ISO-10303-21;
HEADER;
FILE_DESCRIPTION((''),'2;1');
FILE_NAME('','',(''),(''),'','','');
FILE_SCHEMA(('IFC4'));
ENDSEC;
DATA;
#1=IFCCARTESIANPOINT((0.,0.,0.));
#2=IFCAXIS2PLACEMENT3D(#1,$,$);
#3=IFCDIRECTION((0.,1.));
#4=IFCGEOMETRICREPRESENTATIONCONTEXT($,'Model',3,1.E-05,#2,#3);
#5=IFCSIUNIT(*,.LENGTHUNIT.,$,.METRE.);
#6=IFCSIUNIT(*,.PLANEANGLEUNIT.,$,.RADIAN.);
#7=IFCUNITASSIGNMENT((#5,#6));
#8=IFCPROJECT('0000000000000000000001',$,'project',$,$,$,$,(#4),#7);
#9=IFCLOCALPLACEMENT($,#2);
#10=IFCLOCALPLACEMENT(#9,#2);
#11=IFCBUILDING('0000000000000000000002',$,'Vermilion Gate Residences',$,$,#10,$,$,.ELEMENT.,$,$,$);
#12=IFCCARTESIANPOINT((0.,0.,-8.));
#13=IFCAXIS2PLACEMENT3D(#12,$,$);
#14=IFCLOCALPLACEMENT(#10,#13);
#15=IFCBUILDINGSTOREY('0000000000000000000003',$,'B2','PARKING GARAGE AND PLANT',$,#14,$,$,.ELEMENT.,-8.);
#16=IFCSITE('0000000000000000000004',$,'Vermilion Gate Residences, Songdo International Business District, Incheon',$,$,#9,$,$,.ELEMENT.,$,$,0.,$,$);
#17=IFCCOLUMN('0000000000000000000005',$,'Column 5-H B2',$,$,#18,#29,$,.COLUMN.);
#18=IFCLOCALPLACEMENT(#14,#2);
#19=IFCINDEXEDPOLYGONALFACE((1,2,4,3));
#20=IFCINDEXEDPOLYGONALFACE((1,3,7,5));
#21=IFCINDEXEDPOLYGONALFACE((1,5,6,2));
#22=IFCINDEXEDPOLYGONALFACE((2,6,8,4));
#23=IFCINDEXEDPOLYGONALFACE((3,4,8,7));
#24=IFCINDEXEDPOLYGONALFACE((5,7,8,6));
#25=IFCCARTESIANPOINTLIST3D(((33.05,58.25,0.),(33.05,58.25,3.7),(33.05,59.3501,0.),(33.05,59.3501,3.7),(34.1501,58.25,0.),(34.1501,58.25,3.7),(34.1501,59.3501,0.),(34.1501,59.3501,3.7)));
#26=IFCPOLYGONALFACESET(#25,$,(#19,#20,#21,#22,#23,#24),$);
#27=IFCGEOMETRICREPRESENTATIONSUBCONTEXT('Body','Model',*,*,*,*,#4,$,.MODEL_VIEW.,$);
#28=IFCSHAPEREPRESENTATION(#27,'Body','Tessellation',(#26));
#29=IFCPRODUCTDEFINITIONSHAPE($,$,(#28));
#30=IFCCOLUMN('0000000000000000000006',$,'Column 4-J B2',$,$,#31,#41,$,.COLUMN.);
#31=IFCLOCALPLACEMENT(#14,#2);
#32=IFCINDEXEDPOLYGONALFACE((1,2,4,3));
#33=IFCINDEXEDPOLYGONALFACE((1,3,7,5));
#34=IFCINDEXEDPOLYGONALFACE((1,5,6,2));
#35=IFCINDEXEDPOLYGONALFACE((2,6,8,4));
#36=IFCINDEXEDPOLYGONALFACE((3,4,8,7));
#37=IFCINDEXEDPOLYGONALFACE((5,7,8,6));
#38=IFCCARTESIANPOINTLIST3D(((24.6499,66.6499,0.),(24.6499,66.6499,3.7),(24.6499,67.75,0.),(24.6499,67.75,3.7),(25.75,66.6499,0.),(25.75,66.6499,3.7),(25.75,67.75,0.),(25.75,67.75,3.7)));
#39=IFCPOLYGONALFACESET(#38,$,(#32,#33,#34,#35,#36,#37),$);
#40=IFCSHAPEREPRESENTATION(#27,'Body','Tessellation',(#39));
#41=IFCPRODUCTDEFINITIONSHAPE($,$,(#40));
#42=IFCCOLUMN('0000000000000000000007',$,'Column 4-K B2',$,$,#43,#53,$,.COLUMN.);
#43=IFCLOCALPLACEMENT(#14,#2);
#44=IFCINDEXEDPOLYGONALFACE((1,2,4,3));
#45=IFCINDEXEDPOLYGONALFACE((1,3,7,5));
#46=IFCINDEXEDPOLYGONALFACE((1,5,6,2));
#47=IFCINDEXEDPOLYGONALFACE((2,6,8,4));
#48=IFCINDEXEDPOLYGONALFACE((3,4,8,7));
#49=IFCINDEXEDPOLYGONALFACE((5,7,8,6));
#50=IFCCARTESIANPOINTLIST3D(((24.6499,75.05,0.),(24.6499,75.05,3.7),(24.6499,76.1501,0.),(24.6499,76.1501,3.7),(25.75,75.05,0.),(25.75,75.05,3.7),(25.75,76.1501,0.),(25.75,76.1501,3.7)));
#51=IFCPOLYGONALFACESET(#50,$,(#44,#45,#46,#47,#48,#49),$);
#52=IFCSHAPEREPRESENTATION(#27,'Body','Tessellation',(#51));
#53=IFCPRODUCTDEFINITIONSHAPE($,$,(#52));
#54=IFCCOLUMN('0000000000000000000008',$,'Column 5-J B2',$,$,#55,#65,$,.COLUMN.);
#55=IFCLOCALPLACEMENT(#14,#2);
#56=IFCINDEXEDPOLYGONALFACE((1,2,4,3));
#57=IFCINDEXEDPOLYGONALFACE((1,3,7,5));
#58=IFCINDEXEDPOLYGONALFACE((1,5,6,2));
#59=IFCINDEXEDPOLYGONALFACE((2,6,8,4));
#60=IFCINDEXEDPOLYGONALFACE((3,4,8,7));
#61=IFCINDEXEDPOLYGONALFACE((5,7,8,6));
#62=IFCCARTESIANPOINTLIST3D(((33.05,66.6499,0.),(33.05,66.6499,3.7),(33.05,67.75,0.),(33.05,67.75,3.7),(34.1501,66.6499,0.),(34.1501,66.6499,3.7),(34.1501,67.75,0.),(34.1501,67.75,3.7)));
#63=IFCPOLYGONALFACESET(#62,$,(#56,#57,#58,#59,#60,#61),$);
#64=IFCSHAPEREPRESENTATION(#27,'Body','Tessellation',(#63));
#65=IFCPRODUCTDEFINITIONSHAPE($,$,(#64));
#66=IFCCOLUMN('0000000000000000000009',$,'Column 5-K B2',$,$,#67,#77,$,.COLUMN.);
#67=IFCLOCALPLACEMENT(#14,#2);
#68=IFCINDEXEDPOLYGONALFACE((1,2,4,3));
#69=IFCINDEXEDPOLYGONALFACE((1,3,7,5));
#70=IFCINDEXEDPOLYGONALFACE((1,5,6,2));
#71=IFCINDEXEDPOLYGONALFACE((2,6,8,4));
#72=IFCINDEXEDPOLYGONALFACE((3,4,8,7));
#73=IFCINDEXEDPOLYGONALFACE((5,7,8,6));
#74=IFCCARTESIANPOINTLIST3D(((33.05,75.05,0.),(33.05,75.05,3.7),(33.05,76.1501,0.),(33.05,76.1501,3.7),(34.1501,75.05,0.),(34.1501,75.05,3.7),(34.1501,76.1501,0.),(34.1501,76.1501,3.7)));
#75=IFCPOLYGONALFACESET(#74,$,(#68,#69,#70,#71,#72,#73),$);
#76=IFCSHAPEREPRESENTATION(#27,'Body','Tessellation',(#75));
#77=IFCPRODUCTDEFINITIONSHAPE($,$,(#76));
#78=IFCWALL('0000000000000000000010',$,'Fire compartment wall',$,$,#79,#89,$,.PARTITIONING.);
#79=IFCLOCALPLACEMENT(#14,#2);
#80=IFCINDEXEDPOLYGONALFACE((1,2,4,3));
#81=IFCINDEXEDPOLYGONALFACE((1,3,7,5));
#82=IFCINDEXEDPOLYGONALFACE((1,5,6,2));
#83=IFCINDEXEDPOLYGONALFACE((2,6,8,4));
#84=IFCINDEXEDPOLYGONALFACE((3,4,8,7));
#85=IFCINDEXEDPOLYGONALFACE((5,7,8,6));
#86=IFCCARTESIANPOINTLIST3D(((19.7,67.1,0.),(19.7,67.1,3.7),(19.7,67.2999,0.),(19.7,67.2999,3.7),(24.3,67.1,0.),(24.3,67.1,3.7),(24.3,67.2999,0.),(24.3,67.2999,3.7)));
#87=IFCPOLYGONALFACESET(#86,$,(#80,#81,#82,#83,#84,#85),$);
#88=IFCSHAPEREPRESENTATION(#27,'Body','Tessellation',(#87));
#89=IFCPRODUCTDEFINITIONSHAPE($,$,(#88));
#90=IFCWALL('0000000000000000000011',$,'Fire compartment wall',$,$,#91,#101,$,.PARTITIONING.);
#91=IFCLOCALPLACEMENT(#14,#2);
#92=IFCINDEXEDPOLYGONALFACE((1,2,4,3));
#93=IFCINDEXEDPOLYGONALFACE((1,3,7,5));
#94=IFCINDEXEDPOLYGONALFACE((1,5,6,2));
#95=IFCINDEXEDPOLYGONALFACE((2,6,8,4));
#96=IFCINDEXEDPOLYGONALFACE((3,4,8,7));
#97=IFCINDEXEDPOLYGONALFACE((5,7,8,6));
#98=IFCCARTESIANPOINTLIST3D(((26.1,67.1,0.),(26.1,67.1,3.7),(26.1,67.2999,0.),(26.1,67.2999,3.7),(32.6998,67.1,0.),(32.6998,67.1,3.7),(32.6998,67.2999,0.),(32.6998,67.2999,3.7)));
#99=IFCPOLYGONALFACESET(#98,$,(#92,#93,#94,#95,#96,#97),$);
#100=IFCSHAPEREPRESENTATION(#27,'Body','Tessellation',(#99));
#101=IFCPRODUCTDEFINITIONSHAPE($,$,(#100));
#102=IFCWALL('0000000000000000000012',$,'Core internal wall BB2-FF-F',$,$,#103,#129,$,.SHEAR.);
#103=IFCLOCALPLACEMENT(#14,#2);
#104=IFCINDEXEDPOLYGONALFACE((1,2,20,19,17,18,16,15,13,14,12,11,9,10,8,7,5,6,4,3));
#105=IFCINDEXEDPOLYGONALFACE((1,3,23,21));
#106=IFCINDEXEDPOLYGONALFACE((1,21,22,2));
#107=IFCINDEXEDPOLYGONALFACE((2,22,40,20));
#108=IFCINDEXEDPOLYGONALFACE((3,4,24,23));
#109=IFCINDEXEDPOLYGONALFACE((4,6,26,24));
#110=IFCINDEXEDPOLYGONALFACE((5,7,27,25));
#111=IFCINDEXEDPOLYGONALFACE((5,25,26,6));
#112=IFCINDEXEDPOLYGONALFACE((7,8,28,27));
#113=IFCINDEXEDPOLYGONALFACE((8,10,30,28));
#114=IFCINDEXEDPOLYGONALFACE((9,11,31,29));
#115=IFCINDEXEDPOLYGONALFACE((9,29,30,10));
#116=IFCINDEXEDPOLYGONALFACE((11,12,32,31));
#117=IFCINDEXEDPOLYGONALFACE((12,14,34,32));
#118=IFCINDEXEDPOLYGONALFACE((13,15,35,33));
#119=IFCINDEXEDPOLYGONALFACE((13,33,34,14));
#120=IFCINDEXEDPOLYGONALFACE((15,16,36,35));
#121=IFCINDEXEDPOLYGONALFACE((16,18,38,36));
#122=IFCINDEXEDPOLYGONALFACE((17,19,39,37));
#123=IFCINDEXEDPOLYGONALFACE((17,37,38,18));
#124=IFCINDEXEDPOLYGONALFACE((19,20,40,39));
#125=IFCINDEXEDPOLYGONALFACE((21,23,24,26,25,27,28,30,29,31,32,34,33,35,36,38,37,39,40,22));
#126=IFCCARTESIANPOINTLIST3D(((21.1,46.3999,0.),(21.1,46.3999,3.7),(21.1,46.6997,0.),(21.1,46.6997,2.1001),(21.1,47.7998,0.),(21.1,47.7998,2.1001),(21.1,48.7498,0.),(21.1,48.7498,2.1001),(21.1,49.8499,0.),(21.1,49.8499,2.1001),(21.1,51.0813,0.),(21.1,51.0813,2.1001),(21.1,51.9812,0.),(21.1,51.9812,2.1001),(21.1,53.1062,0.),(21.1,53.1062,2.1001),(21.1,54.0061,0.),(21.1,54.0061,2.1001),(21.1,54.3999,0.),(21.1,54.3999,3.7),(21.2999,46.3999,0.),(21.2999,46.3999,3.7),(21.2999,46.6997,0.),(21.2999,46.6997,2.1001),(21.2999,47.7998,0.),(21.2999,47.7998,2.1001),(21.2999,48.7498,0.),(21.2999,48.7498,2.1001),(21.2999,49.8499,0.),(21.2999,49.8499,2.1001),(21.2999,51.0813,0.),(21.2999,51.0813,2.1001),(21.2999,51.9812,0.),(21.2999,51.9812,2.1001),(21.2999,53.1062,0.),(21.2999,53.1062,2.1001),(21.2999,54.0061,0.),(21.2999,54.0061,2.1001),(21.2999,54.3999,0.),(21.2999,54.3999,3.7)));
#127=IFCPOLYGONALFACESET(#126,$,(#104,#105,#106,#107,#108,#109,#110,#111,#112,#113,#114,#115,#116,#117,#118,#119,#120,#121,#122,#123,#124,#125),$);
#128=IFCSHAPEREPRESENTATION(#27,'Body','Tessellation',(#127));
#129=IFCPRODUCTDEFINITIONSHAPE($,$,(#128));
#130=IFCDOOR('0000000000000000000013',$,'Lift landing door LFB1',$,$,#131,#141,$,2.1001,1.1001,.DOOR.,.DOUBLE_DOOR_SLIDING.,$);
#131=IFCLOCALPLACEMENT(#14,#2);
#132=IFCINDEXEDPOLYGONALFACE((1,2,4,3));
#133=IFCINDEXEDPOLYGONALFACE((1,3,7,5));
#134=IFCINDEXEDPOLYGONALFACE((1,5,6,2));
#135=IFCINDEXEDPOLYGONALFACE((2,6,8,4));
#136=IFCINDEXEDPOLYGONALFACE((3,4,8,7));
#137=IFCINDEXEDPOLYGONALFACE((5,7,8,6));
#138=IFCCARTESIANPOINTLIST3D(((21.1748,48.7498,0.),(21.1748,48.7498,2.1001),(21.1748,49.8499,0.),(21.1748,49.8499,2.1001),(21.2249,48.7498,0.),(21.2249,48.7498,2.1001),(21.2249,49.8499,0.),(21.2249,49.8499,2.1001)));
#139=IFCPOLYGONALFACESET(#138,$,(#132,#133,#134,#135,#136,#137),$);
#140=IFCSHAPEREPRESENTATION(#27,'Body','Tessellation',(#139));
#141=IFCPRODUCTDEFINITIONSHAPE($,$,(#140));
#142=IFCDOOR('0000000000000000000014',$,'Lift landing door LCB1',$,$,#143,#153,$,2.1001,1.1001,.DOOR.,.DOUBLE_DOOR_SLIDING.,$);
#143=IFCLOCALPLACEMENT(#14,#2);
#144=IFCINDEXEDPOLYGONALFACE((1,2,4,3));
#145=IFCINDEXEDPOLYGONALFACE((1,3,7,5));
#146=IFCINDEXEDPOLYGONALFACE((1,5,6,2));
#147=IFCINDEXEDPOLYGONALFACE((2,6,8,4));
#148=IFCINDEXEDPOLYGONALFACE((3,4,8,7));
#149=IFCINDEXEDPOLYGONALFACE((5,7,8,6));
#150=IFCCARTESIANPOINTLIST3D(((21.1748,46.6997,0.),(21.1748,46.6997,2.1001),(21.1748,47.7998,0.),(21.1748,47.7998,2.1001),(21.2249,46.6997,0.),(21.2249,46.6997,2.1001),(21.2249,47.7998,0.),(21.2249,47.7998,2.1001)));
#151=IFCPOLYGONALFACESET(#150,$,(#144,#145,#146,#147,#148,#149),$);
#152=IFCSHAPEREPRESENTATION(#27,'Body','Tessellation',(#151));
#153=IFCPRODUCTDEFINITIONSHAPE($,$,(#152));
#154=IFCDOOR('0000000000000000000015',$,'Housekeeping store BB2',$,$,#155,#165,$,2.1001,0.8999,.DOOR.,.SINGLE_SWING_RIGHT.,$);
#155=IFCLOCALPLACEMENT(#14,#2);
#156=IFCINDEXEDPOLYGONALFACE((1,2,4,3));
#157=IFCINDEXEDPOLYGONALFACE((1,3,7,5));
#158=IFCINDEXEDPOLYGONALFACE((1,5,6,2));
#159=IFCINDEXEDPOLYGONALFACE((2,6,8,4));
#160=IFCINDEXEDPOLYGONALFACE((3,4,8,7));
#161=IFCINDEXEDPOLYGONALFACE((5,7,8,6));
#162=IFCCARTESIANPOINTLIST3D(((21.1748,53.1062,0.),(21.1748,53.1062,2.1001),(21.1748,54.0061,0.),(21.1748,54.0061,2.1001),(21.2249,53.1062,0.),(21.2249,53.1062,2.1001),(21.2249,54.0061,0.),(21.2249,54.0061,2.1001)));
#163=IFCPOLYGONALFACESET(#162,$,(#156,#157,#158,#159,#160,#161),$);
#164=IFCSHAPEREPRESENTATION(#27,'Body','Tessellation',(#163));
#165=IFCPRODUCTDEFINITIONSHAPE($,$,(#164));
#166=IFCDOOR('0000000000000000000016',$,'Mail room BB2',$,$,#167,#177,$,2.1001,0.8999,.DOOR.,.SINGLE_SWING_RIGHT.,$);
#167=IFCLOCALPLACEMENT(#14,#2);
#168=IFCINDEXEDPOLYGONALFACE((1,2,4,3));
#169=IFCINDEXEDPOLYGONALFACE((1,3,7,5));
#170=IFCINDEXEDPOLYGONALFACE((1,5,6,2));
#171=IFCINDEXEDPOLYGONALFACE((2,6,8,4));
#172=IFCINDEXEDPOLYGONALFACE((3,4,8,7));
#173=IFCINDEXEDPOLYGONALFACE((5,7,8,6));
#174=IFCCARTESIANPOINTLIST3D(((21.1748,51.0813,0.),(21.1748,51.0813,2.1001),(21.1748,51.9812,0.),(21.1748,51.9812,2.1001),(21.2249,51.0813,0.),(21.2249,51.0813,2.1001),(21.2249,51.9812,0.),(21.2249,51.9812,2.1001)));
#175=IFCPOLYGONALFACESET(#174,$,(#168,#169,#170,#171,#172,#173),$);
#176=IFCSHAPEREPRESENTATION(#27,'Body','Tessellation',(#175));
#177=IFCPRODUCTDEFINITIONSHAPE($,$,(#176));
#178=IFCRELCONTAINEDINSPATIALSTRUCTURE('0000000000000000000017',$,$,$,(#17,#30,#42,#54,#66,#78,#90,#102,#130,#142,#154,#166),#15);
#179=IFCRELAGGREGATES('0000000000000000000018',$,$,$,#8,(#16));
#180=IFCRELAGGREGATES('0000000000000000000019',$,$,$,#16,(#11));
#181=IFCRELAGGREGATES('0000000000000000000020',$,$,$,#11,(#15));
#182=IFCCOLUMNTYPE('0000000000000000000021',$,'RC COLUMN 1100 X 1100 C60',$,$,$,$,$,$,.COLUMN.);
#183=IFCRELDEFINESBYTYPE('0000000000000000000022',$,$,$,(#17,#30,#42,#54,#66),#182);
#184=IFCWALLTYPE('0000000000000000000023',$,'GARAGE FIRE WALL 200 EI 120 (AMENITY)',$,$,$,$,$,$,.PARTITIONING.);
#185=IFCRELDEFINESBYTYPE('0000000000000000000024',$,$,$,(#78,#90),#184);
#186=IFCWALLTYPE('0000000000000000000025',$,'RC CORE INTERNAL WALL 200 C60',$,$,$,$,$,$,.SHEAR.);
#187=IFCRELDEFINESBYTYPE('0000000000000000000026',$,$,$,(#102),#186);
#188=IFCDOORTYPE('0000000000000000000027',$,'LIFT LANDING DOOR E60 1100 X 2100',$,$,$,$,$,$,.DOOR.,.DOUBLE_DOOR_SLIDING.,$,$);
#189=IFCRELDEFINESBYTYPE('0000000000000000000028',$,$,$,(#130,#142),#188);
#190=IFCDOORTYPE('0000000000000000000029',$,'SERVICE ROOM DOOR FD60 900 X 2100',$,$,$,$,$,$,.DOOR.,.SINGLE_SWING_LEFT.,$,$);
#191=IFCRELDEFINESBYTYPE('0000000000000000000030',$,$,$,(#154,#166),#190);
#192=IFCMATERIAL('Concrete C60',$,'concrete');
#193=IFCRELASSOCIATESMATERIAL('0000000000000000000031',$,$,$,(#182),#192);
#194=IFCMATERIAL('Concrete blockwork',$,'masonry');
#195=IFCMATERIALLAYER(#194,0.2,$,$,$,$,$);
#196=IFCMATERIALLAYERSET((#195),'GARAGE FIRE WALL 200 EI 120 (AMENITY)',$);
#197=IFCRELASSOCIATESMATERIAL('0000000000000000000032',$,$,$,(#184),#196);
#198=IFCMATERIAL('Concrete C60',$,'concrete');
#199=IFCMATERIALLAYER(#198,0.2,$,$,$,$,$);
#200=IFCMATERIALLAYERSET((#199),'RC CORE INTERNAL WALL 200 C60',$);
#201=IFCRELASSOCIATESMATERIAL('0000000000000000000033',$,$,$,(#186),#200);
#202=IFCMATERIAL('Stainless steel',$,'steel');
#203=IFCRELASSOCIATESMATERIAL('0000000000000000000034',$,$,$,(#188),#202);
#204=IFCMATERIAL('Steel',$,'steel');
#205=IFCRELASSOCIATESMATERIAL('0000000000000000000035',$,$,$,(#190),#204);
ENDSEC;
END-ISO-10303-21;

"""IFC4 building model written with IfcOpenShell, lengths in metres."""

from ifc_helpers import new_model, si_unit, direction, frame, frame_2d, origin, origin_2d, place, context, subcontext, project, spatial, rectangle, extrude, material, layer, layer_set, material_profile, profile_set, type_object, element, fill, save


model = new_model("IFC4")

# Units and contexts
model_context = context("Model", 3, precision=1e-05, world=origin(), true_north=direction((0.0, 1.0)))
body_context = subcontext(model_context, "Body", "Model", "MODEL_VIEW")
ifc_project = project(units=[si_unit("LENGTHUNIT", "METRE"), si_unit("PLANEANGLEUNIT", "RADIAN")], contexts=[model_context])

# Site, building, storey
site_placement = place(None, origin())
site = spatial("IfcSite", under=ifc_project, at=site_placement, Name="Vermilion Gate Residences, Songdo International Business District, Incheon", CompositionType="ELEMENT", RefElevation=0.0)
building_placement = place(site_placement, origin())
building = spatial("IfcBuilding", under=site, at=building_placement, Name="Vermilion Gate Residences", CompositionType="ELEMENT")
storey_placement = place(building_placement, frame((0.0, 0.0, -8.0)))
storey = spatial("IfcBuildingStorey", under=building, at=storey_placement, Name="B2", Description="PARKING GARAGE AND PLANT", CompositionType="ELEMENT", Elevation=-8.0)

# Columns
ifc_material_1 = material(Name="Concrete C60", Category="concrete")
ifc_material_profile_1 = material_profile(ifc_material_1, rectangle(XDim=1.1001, YDim=1.1001, at=origin_2d()), Name="RC-1100x1100")
ifc_profile_set_1 = profile_set([ifc_material_profile_1], Name="Concrete C60")
column_type = type_object("IfcColumnType", Name="RC COLUMN 1100 X 1100 C60", PredefinedType="COLUMN", material=ifc_profile_set_1)
for number, where, z_axis, x_axis, name in (
    (1, (33.6001, 58.8, 0.0), (0.0, 0.0, 1.0), (1.0, 0.0, 0.0), "Column 5-H B2"),
    (2, (25.2, 67.2, 0.0), (0.0, 0.0, 1.0), (1.0, 0.0, 0.0), "Column 4-J B2"),
    (3, (25.2, 75.6001, 0.0), (0.0, 0.0, 1.0), (1.0, 0.0, 0.0), "Column 4-K B2"),
    (4, (33.6001, 67.2, 0.0), (0.0, 0.0, 1.0), (1.0, 0.0, 0.0), "Column 5-J B2"),
    (5, (33.6001, 75.6001, 0.0), (0.0, 0.0, 1.0), (1.0, 0.0, 0.0), "Column 5-K B2"),
):
    element("IfcColumn", number, at=place(storey_placement, frame(where, z_axis=z_axis, x_axis=x_axis)), inside=storey, type_object=column_type, Name=name, PredefinedType="COLUMN", context=body_context, shape_type="SweptSolid", body=[
        extrude(rectangle(XDim=1.1001, YDim=1.1001, at=origin_2d()), origin(), (0.0, 0.0, 1.0), 3.7),
    ])

# Walls
ifc_material_2 = material(Name="Concrete blockwork", Category="masonry")
ifc_layer_1 = layer(ifc_material_2, 0.2)
ifc_layer_set_1 = layer_set([ifc_layer_1], Name="GARAGE FIRE WALL 200 EI 120 (AMENITY)")
wall_type_1 = type_object("IfcWallType", Name="GARAGE FIRE WALL 200 EI 120 (AMENITY)", PredefinedType="PARTITIONING", material=ifc_layer_set_1)
wall_1_placement = place(storey_placement, frame((19.7, 67.2, 0.0), z_axis=(0.0, 0.0, 1.0), x_axis=(1.0, 0.0, 0.0)))
element("IfcWall", 6, at=wall_1_placement, inside=storey, type_object=wall_type_1, Name="Fire compartment wall", PredefinedType="PARTITIONING", context=body_context, shape_type="SweptSolid", body=[
    extrude(rectangle(XDim=4.6001, YDim=0.2, at=frame_2d((2.3, 0.0))), origin(), (0.0, 0.0, 1.0), 3.7),
])
wall_2_placement = place(storey_placement, frame((26.1001, 67.2, 0.0), z_axis=(0.0, 0.0, 1.0), x_axis=(1.0, 0.0, 0.0)))
element("IfcWall", 7, at=wall_2_placement, inside=storey, type_object=wall_type_1, Name="Fire compartment wall", PredefinedType="PARTITIONING", context=body_context, shape_type="SweptSolid", body=[
    extrude(rectangle(XDim=6.5999, YDim=0.2, at=frame_2d((3.2998, 0.0))), origin(), (0.0, 0.0, 1.0), 3.7),
])

# Wall, openings, doors
ifc_material_3 = material(Name="Concrete C60", Category="concrete")
ifc_layer_2 = layer(ifc_material_3, 0.2)
ifc_layer_set_2 = layer_set([ifc_layer_2], Name="RC CORE INTERNAL WALL 200 C60")
wall_type_2 = type_object("IfcWallType", Name="RC CORE INTERNAL WALL 200 C60", PredefinedType="SHEAR", material=ifc_layer_set_2)
wall_3_placement = place(storey_placement, frame((21.2, 54.3999, 0.0), z_axis=(0.0, 0.0, 1.0), x_axis=(0.0, -1.0, 0.0)))
wall_3 = element("IfcWall", 8, at=wall_3_placement, inside=storey, type_object=wall_type_2, Name="Core internal wall BB2-FF-F", PredefinedType="SHEAR", context=body_context, shape_type="SweptSolid", body=[
    extrude(rectangle(XDim=8.0, YDim=0.2, at=frame_2d((4.0, 0.0))), origin(), (0.0, 0.0, 1.0), 3.7),
])
opening_1_placement = place(wall_3_placement, frame((0.3938, 0.0, 0.0)))
opening_1 = element("IfcOpeningElement", 9, at=opening_1_placement, cuts=wall_3, PredefinedType="OPENING", context=body_context, shape_type="SweptSolid", body=[
    extrude(rectangle(XDim=0.8999, YDim=2.1001, at=frame_2d((0.45, 1.05))), frame((0.0, 0.1099, 0.0), z_axis=(0.0, -1.0, 0.0), x_axis=(1.0, 0.0, 0.0)), (0.0, 0.0, 1.0), 0.22),
])
opening_2_placement = place(wall_3_placement, frame((2.4187, 0.0, 0.0)))
opening_2 = element("IfcOpeningElement", 10, at=opening_2_placement, cuts=wall_3, PredefinedType="OPENING", context=body_context, shape_type="SweptSolid", body=[
    extrude(rectangle(XDim=0.8999, YDim=2.1001, at=frame_2d((0.45, 1.05))), frame((0.0, 0.1099, 0.0), z_axis=(0.0, -1.0, 0.0), x_axis=(1.0, 0.0, 0.0)), (0.0, 0.0, 1.0), 0.22),
])
opening_3_placement = place(wall_3_placement, frame((4.55, 0.0, 0.0)))
opening_3 = element("IfcOpeningElement", 11, at=opening_3_placement, cuts=wall_3, PredefinedType="OPENING", context=body_context, shape_type="SweptSolid", body=[
    extrude(rectangle(XDim=1.1001, YDim=2.1001, at=frame_2d((0.55, 1.05))), frame((0.0, 0.1099, 0.0), z_axis=(0.0, -1.0, 0.0), x_axis=(1.0, 0.0, 0.0)), (0.0, 0.0, 1.0), 0.22),
])
opening_4_placement = place(wall_3_placement, frame((6.6001, 0.0, 0.0)))
opening_4 = element("IfcOpeningElement", 12, at=opening_4_placement, cuts=wall_3, PredefinedType="OPENING", context=body_context, shape_type="SweptSolid", body=[
    extrude(rectangle(XDim=1.1001, YDim=2.1001, at=frame_2d((0.55, 1.05))), frame((0.0, 0.1099, 0.0), z_axis=(0.0, -1.0, 0.0), x_axis=(1.0, 0.0, 0.0)), (0.0, 0.0, 1.0), 0.22),
])
ifc_material_4 = material(Name="Stainless steel", Category="steel")
door_type_1 = type_object("IfcDoorType", Name="LIFT LANDING DOOR E60 1100 X 2100", OperationType="DOUBLE_DOOR_SLIDING", PredefinedType="DOOR", material=ifc_material_4)
door_1_placement = place(opening_3_placement, origin())
door_1 = element("IfcDoor", 13, at=door_1_placement, inside=storey, type_object=door_type_1, Name="Lift landing door LFB1", OperationType="DOUBLE_DOOR_SLIDING", OverallHeight=2.1001, OverallWidth=1.1001, PredefinedType="DOOR", context=body_context, shape_type="SweptSolid", body=[
    extrude(rectangle(XDim=1.1001, YDim=2.1001, at=frame_2d((0.55, 1.05))), frame((0.0, 0.0249, 0.0), z_axis=(0.0, -1.0, 0.0), x_axis=(1.0, 0.0, 0.0)), (0.0, 0.0, 1.0), 0.05),
])
fill(opening_3, door_1)
door_2_placement = place(opening_4_placement, origin())
door_2 = element("IfcDoor", 14, at=door_2_placement, inside=storey, type_object=door_type_1, Name="Lift landing door LCB1", OperationType="DOUBLE_DOOR_SLIDING", OverallHeight=2.1001, OverallWidth=1.1001, PredefinedType="DOOR", context=body_context, shape_type="SweptSolid", body=[
    extrude(rectangle(XDim=1.1001, YDim=2.1001, at=frame_2d((0.55, 1.05))), frame((0.0, 0.0249, 0.0), z_axis=(0.0, -1.0, 0.0), x_axis=(1.0, 0.0, 0.0)), (0.0, 0.0, 1.0), 0.05),
])
fill(opening_4, door_2)
ifc_material_5 = material(Name="Steel", Category="steel")
door_type_2 = type_object("IfcDoorType", Name="SERVICE ROOM DOOR FD60 900 X 2100", OperationType="SINGLE_SWING_LEFT", PredefinedType="DOOR", material=ifc_material_5)
door_3_placement = place(opening_1_placement, origin())
door_3 = element("IfcDoor", 15, at=door_3_placement, inside=storey, type_object=door_type_2, Name="Housekeeping store BB2", OperationType="SINGLE_SWING_RIGHT", OverallHeight=2.1001, OverallWidth=0.8999, PredefinedType="DOOR", context=body_context, shape_type="SweptSolid", body=[
    extrude(rectangle(XDim=0.8999, YDim=2.1001, at=frame_2d((0.45, 1.05))), frame((0.0, 0.0249, 0.0), z_axis=(0.0, -1.0, 0.0), x_axis=(1.0, 0.0, 0.0)), (0.0, 0.0, 1.0), 0.05),
])
fill(opening_1, door_3)
door_4_placement = place(opening_2_placement, origin())
door_4 = element("IfcDoor", 16, at=door_4_placement, inside=storey, type_object=door_type_2, Name="Mail room BB2", OperationType="SINGLE_SWING_RIGHT", OverallHeight=2.1001, OverallWidth=0.8999, PredefinedType="DOOR", context=body_context, shape_type="SweptSolid", body=[
    extrude(rectangle(XDim=0.8999, YDim=2.1001, at=frame_2d((0.45, 1.05))), frame((0.0, 0.0249, 0.0), z_axis=(0.0, -1.0, 0.0), x_axis=(1.0, 0.0, 0.0)), (0.0, 0.0, 1.0), 0.05),
])
fill(opening_2, door_4)

save(model, "model.ifc")
